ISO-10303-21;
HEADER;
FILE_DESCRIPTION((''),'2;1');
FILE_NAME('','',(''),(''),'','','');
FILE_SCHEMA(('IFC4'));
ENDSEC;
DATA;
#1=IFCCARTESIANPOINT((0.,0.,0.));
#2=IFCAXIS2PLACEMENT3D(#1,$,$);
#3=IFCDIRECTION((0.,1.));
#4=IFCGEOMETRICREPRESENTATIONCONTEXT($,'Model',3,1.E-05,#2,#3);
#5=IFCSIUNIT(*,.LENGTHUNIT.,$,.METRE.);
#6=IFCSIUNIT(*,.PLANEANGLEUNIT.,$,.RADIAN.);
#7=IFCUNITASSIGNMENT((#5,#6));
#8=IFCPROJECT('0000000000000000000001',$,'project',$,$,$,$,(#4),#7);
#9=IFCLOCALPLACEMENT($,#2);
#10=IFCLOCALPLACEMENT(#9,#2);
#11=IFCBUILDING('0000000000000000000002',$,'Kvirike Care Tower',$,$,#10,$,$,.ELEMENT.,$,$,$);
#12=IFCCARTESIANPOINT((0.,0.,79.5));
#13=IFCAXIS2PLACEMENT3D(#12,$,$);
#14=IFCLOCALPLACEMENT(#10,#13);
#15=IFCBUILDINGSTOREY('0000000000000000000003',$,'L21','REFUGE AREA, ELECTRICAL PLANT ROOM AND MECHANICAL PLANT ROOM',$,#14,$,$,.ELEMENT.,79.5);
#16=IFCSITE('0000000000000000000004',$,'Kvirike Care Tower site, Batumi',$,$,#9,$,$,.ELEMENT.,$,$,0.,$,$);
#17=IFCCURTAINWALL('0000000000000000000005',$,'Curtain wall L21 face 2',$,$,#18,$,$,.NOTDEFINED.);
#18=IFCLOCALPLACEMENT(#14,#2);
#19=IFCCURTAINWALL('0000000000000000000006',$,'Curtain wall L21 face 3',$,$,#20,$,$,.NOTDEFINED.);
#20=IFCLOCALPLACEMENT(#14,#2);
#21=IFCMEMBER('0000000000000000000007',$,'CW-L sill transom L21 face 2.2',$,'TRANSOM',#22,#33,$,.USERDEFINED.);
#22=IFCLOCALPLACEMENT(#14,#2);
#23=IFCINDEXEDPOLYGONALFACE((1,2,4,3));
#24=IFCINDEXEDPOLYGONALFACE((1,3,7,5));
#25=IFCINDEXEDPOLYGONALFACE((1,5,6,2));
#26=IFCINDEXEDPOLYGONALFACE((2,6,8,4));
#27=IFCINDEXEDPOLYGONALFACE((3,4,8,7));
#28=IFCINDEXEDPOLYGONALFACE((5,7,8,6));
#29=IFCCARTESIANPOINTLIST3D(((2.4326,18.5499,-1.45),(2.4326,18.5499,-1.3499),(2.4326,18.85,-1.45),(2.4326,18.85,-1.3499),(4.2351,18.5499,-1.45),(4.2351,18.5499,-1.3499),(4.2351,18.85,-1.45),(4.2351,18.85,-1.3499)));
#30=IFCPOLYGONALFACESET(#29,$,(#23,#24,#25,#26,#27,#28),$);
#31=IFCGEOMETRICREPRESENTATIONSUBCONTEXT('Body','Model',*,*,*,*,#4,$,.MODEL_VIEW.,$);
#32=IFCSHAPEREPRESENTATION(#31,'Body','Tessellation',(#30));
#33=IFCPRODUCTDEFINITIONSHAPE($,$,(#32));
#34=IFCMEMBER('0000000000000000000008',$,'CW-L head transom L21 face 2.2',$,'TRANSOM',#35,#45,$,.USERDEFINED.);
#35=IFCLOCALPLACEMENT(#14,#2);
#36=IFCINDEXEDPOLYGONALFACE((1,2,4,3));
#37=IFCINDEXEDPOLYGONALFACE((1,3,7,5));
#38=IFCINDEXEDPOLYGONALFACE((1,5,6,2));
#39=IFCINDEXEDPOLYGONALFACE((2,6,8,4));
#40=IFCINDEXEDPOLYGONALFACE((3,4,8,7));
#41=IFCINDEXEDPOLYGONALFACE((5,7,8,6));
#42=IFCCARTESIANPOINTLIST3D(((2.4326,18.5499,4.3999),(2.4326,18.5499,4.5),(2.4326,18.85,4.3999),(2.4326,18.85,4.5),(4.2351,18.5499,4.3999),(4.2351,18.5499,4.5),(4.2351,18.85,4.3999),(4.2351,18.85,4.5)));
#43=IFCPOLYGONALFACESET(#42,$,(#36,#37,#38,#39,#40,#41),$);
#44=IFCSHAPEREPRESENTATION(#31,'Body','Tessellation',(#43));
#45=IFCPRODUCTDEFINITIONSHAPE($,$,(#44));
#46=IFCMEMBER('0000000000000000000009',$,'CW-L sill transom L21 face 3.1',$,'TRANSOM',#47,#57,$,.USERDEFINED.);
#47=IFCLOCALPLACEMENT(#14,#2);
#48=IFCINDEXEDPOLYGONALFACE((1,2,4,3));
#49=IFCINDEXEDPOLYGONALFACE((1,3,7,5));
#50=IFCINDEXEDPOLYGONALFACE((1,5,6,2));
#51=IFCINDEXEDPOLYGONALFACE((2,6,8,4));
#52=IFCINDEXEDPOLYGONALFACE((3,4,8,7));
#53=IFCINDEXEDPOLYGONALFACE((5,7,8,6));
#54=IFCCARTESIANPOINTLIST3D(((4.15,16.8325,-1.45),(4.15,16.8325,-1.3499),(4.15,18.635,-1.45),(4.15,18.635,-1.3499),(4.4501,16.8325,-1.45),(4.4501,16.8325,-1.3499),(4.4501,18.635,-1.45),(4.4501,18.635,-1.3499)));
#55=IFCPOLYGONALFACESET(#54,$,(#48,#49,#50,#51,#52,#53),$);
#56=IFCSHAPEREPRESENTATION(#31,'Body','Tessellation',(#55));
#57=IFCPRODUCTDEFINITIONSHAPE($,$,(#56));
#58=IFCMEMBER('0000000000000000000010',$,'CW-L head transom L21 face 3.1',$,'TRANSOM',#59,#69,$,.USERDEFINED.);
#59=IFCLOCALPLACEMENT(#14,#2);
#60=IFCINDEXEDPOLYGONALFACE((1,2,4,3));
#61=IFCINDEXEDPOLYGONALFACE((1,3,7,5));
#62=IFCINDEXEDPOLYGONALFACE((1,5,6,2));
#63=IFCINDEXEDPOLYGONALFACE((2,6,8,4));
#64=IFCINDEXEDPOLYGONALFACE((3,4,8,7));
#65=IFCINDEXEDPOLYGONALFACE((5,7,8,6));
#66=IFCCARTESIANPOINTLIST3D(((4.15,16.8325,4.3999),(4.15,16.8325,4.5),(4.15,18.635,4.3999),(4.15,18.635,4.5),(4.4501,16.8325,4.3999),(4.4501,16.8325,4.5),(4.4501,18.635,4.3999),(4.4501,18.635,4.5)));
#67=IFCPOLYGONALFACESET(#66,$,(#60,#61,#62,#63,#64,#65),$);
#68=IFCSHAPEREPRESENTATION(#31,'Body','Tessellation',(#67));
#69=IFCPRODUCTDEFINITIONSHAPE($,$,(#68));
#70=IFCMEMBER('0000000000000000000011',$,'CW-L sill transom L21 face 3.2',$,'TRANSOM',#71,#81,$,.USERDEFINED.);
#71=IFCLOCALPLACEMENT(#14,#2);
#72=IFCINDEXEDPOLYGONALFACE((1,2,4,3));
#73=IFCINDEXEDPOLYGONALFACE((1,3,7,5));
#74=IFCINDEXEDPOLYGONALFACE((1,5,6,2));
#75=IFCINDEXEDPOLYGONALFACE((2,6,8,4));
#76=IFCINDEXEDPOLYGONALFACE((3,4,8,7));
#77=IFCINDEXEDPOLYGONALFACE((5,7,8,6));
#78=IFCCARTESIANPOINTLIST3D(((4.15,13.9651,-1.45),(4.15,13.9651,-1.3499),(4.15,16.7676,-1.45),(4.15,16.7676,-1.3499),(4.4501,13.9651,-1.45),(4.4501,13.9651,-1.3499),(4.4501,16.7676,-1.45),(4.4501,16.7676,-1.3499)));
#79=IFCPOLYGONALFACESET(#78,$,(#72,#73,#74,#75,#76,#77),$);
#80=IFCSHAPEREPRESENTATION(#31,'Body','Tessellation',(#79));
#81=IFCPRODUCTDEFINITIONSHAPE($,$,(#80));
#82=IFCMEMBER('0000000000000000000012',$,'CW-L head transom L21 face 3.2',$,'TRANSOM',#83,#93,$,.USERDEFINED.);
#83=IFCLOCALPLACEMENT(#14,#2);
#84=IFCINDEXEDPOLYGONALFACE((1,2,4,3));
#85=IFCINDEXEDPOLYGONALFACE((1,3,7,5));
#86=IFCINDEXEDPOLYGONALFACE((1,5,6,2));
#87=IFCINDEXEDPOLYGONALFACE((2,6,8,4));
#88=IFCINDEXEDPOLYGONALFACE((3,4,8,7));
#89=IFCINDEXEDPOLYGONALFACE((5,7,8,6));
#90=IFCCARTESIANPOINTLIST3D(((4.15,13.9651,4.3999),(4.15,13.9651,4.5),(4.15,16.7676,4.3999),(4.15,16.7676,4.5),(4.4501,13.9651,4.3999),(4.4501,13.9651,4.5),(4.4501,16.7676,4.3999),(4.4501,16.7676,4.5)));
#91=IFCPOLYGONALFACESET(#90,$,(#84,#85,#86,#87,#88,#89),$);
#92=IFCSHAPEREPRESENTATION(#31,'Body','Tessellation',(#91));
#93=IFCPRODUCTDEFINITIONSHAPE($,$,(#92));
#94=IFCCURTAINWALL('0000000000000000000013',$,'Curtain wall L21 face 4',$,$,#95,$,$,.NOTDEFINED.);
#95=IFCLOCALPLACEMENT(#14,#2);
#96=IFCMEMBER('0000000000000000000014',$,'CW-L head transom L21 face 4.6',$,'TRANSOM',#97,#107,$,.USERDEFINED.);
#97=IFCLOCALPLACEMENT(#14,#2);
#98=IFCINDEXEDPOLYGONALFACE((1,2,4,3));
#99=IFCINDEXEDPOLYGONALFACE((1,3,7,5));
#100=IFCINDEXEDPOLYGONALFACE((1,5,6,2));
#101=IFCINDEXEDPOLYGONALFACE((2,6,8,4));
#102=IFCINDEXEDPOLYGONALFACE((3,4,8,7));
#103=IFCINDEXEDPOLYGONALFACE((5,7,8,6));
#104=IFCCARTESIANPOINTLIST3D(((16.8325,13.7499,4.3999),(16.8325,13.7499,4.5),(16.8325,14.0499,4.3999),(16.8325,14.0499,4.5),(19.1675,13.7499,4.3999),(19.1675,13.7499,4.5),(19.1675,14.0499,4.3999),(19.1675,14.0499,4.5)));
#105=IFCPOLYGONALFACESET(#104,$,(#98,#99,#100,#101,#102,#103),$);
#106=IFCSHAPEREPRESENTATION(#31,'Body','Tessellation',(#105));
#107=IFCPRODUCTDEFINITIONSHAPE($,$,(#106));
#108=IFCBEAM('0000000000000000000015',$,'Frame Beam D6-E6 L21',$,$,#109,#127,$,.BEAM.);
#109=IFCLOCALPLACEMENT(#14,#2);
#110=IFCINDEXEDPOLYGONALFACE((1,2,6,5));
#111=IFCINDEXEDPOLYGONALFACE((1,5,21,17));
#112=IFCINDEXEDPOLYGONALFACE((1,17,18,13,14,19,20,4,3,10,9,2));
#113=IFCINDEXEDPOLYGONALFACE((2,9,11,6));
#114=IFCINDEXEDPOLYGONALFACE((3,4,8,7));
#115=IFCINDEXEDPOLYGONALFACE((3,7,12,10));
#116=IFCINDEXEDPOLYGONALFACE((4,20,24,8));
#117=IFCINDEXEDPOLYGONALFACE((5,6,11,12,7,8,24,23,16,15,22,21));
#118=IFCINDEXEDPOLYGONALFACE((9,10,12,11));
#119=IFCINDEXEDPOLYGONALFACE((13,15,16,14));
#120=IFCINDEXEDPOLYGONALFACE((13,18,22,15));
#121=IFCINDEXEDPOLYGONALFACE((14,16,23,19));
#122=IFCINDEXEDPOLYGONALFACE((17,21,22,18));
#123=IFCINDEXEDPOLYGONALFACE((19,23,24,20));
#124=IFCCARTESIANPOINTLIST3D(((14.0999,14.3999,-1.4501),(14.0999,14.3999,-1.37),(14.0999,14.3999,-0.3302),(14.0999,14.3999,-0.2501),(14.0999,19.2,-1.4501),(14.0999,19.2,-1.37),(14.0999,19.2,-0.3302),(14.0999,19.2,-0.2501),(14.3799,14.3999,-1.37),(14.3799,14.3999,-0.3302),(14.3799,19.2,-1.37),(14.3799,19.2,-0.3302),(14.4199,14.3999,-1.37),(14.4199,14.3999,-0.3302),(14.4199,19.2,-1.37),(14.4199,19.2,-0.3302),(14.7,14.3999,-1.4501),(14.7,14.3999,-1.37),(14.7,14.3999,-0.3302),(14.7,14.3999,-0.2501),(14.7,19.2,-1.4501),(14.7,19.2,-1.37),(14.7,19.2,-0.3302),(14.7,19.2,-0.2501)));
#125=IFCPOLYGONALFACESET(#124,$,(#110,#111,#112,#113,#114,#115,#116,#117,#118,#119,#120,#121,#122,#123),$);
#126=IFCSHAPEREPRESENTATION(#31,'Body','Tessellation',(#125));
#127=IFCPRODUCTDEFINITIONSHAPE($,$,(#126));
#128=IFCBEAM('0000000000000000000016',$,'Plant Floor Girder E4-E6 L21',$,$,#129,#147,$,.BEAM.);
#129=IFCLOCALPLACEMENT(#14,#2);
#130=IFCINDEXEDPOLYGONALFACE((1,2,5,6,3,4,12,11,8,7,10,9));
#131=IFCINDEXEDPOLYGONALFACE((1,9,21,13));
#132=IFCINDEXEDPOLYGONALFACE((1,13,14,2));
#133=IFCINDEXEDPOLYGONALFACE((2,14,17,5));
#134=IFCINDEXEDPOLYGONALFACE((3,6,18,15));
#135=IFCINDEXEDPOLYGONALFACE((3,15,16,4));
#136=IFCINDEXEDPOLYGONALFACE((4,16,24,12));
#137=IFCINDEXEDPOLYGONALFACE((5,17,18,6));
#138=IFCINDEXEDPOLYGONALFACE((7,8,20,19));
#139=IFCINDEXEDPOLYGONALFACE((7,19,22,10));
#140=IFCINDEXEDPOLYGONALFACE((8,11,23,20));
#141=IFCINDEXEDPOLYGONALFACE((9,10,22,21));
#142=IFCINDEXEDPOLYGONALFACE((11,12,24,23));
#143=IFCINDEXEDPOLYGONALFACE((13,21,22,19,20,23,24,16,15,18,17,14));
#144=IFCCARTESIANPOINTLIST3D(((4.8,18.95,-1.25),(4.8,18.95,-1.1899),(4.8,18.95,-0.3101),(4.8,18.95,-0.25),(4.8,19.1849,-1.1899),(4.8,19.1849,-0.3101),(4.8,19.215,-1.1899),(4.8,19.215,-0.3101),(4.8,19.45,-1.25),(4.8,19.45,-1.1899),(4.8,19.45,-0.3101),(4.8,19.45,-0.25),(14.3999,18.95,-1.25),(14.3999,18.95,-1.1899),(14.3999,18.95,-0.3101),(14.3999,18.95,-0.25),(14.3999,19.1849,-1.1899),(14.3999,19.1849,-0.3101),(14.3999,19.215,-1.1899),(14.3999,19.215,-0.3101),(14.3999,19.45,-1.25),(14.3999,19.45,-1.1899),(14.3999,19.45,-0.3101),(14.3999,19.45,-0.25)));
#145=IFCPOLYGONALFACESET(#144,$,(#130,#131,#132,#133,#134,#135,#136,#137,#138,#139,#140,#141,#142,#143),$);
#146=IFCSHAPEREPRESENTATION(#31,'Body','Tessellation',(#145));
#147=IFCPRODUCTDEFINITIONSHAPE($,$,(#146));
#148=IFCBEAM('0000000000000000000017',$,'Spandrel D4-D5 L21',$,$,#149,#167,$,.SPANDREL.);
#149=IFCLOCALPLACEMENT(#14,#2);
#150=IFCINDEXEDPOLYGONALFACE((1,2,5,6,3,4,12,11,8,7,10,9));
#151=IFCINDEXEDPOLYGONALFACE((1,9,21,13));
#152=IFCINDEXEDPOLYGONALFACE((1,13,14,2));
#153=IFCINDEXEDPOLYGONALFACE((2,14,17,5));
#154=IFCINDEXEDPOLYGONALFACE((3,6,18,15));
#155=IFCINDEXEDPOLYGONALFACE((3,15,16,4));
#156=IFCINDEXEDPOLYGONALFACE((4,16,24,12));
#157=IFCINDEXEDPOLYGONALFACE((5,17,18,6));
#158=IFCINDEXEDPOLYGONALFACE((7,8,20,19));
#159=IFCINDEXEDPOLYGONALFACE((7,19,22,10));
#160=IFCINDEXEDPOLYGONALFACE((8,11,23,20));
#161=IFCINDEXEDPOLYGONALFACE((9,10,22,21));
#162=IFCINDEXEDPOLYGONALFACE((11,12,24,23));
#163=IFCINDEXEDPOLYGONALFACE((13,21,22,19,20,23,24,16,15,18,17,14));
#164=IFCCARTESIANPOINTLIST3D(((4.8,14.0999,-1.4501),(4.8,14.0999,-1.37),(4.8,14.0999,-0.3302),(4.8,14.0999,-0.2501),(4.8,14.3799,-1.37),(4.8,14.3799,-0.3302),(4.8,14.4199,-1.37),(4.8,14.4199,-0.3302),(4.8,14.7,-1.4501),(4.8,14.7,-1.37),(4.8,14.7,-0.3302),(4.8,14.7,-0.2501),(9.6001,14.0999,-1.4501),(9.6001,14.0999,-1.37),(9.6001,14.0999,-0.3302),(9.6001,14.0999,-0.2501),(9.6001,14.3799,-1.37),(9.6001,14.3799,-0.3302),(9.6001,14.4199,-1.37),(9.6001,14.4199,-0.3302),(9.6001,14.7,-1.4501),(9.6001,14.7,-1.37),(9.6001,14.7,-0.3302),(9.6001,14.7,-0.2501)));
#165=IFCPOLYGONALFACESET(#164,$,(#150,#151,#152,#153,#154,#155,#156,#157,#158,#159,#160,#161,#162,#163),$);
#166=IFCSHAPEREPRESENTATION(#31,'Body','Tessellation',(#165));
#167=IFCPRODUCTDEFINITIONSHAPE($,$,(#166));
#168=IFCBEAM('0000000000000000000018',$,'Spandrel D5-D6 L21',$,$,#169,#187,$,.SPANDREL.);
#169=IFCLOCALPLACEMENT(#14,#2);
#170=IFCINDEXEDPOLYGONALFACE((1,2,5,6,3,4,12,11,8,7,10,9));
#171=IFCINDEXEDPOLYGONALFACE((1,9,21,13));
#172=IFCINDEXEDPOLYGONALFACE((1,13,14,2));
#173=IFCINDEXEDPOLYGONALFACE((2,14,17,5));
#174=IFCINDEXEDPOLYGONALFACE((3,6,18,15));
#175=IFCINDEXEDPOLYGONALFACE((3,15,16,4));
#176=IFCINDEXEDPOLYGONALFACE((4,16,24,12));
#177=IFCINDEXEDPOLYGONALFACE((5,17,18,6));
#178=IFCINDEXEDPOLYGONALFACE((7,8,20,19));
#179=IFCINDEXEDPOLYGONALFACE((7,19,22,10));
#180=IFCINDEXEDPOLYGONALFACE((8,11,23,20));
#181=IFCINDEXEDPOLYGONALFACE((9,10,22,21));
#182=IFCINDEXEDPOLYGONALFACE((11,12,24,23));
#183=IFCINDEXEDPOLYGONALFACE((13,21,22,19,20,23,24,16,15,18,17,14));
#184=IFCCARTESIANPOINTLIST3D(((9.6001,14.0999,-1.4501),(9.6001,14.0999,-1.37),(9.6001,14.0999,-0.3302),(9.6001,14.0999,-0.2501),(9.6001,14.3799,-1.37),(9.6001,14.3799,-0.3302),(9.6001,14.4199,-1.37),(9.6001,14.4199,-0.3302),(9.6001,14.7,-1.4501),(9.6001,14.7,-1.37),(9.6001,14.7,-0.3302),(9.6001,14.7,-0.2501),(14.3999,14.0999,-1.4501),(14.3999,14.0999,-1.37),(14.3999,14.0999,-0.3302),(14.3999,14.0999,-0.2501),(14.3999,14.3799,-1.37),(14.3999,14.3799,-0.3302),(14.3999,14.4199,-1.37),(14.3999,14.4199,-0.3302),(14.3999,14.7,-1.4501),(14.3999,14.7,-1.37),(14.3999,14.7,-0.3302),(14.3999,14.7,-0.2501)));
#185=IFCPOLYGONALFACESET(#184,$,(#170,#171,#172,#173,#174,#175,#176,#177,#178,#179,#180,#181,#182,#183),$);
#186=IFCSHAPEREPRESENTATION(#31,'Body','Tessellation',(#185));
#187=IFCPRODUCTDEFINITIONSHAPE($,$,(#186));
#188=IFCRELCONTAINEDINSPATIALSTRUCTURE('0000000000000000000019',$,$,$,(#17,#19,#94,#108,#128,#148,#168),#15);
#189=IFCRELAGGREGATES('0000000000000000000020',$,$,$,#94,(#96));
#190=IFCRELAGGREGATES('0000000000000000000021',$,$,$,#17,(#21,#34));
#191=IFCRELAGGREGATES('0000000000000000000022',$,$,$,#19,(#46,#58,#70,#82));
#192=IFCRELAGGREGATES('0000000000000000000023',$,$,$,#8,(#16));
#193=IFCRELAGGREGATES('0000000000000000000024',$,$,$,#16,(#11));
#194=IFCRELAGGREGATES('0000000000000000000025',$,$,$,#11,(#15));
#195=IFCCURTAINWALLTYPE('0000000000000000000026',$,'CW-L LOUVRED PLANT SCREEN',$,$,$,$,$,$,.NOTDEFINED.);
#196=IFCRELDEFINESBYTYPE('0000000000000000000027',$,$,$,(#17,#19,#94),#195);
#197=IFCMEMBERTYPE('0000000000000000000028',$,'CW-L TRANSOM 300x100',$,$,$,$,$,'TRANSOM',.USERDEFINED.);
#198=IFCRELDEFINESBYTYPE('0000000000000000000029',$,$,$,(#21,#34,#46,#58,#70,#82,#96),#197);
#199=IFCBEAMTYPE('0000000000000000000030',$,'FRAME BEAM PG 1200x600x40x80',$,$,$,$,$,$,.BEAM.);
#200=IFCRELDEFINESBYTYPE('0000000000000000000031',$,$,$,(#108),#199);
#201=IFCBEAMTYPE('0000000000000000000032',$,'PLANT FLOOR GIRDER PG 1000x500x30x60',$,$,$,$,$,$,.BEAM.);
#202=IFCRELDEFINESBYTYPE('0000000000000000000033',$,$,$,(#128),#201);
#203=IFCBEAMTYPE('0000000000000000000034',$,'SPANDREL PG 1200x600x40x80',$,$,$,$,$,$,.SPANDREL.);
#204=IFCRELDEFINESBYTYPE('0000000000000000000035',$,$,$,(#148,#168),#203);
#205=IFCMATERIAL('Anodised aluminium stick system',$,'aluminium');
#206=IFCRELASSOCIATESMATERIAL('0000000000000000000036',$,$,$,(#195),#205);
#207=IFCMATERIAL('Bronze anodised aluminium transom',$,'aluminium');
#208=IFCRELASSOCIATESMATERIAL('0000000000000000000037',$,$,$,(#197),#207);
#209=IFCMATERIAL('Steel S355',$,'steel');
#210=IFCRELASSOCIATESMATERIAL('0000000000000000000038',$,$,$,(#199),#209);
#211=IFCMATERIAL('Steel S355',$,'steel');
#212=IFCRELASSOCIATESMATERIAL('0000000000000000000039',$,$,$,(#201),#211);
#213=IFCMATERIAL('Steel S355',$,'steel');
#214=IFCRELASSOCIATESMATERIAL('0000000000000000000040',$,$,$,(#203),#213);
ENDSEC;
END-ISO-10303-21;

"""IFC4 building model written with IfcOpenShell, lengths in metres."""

from ifc_helpers import new_model, si_unit, direction, frame, origin, origin_2d, place, context, subcontext, project, spatial, rectangle, i_section, extrude, material, material_profile, profile_set, type_object, element, aggregate, save


model = new_model("IFC4")

# Units and contexts
model_context = context("Model", 3, precision=1e-05, world=origin(), true_north=direction((0.0, 1.0)))
body_context = subcontext(model_context, "Body", "Model", "MODEL_VIEW")
ifc_project = project(units=[si_unit("LENGTHUNIT", "METRE"), si_unit("PLANEANGLEUNIT", "RADIAN")], contexts=[model_context])

# Site, building, storey
site_placement = place(None, origin())
site = spatial("IfcSite", under=ifc_project, at=site_placement, Name="Kvirike Care Tower site, Batumi", CompositionType="ELEMENT", RefElevation=0.0)
building_placement = place(site_placement, origin())
building = spatial("IfcBuilding", under=site, at=building_placement, Name="Kvirike Care Tower", CompositionType="ELEMENT")
storey_placement = place(building_placement, frame((0.0, 0.0, 79.5)))
storey = spatial("IfcBuildingStorey", under=building, at=storey_placement, Name="L21", Description="REFUGE AREA, ELECTRICAL PLANT ROOM AND MECHANICAL PLANT ROOM", CompositionType="ELEMENT", Elevation=79.5)

# Shared definitions
ifc_material_1 = material(Name="Anodised aluminium stick system", Category="aluminium")
curtain_wall_type = type_object("IfcCurtainWallType", Name="CW-L LOUVRED PLANT SCREEN", PredefinedType="NOTDEFINED", material=ifc_material_1)

# Curtain walls
curtain_wall_1_placement = place(storey_placement, origin())
curtain_wall_1 = element("IfcCurtainWall", 1, at=curtain_wall_1_placement, inside=storey, type_object=curtain_wall_type, Name="Curtain wall L21 face 2", PredefinedType="NOTDEFINED")
curtain_wall_2_placement = place(storey_placement, origin())
curtain_wall_2 = element("IfcCurtainWall", 2, at=curtain_wall_2_placement, inside=storey, type_object=curtain_wall_type, Name="Curtain wall L21 face 3", PredefinedType="NOTDEFINED")

# Members
ifc_material_2 = material(Name="Bronze anodised aluminium transom", Category="aluminium")
ifc_material_profile_1 = material_profile(ifc_material_2, rectangle(XDim=0.3, YDim=0.1001, at=origin_2d()), Name="CW-L TRANSOM 300x100")
ifc_profile_set_1 = profile_set([ifc_material_profile_1], Name="Bronze anodised aluminium transom")
member_type_1 = type_object("IfcMemberType", Name="CW-L TRANSOM 300x100", ElementType="TRANSOM", PredefinedType="USERDEFINED", material=ifc_profile_set_1)
member_1_placement = place(storey_placement, frame((2.4326, 18.7, -1.3999), z_axis=(1.0, 0.0, 0.0), x_axis=(0.0, 1.0, 0.0)))
member_1 = element("IfcMember", 3, at=member_1_placement, type_object=member_type_1, Name="CW-L sill transom L21 face 2.2", ObjectType="TRANSOM", PredefinedType="USERDEFINED", context=body_context, shape_type="SweptSolid", body=[
    extrude(rectangle(XDim=0.3, YDim=0.1001, at=origin_2d()), origin(), (0.0, 0.0, 1.0), 1.8025),
])
member_2_placement = place(storey_placement, frame((2.4326, 18.7, 4.45), z_axis=(1.0, 0.0, 0.0), x_axis=(0.0, 1.0, 0.0)))
member_2 = element("IfcMember", 4, at=member_2_placement, type_object=member_type_1, Name="CW-L head transom L21 face 2.2", ObjectType="TRANSOM", PredefinedType="USERDEFINED", context=body_context, shape_type="SweptSolid", body=[
    extrude(rectangle(XDim=0.3, YDim=0.1001, at=origin_2d()), origin(), (0.0, 0.0, 1.0), 1.8025),
])
member_3_placement = place(storey_placement, frame((4.3, 18.635, -1.3999), z_axis=(0.0, -1.0, 0.0), x_axis=(1.0, 0.0, 0.0)))
member_3 = element("IfcMember", 5, at=member_3_placement, type_object=member_type_1, Name="CW-L sill transom L21 face 3.1", ObjectType="TRANSOM", PredefinedType="USERDEFINED", context=body_context, shape_type="SweptSolid", body=[
    extrude(rectangle(XDim=0.3, YDim=0.1001, at=origin_2d()), origin(), (0.0, 0.0, 1.0), 1.8025),
])
member_4_placement = place(storey_placement, frame((4.3, 18.635, 4.45), z_axis=(0.0, -1.0, 0.0), x_axis=(1.0, 0.0, 0.0)))
member_4 = element("IfcMember", 6, at=member_4_placement, type_object=member_type_1, Name="CW-L head transom L21 face 3.1", ObjectType="TRANSOM", PredefinedType="USERDEFINED", context=body_context, shape_type="SweptSolid", body=[
    extrude(rectangle(XDim=0.3, YDim=0.1001, at=origin_2d()), origin(), (0.0, 0.0, 1.0), 1.8025),
])
member_5_placement = place(storey_placement, frame((4.3, 16.7676, -1.3999), z_axis=(0.0, -1.0, 0.0), x_axis=(1.0, 0.0, 0.0)))
member_5 = element("IfcMember", 7, at=member_5_placement, type_object=member_type_1, Name="CW-L sill transom L21 face 3.2", ObjectType="TRANSOM", PredefinedType="USERDEFINED", context=body_context, shape_type="SweptSolid", body=[
    extrude(rectangle(XDim=0.3, YDim=0.1001, at=origin_2d()), origin(), (0.0, 0.0, 1.0), 2.8025),
])
member_6_placement = place(storey_placement, frame((4.3, 16.7676, 4.45), z_axis=(0.0, -1.0, 0.0), x_axis=(1.0, 0.0, 0.0)))
member_6 = element("IfcMember", 8, at=member_6_placement, type_object=member_type_1, Name="CW-L head transom L21 face 3.2", ObjectType="TRANSOM", PredefinedType="USERDEFINED", context=body_context, shape_type="SweptSolid", body=[
    extrude(rectangle(XDim=0.3, YDim=0.1001, at=origin_2d()), origin(), (0.0, 0.0, 1.0), 2.8025),
])

# Curtain wall, member
curtain_wall_3_placement = place(storey_placement, origin())
curtain_wall_3 = element("IfcCurtainWall", 9, at=curtain_wall_3_placement, inside=storey, type_object=curtain_wall_type, Name="Curtain wall L21 face 4", PredefinedType="NOTDEFINED")
member_7_placement = place(storey_placement, frame((16.8325, 13.8999, 4.45), z_axis=(1.0, 0.0, 0.0), x_axis=(0.0, 1.0, 0.0)))
member_7 = element("IfcMember", 10, at=member_7_placement, type_object=member_type_1, Name="CW-L head transom L21 face 4.6", ObjectType="TRANSOM", PredefinedType="USERDEFINED", context=body_context, shape_type="SweptSolid", body=[
    extrude(rectangle(XDim=0.3, YDim=0.1001, at=origin_2d()), origin(), (0.0, 0.0, 1.0), 2.335),
])
aggregate(curtain_wall_3, [member_7])

# Beams
ifc_material_3 = material(Name="Steel S355", Category="steel")
ifc_material_profile_2 = material_profile(ifc_material_3, i_section(OverallWidth=0.6001, OverallDepth=1.2, WebThickness=0.04, FlangeThickness=0.0801, at=origin_2d()), Name="PG 1200x600x40x80")
ifc_profile_set_2 = profile_set([ifc_material_profile_2], Name="Steel S355")
beam_type_1 = type_object("IfcBeamType", Name="FRAME BEAM PG 1200x600x40x80", PredefinedType="BEAM", material=ifc_profile_set_2)
beam_1_placement = place(storey_placement, frame((14.3999, 14.3999, -0.8501), z_axis=(0.0, 1.0, 0.0), x_axis=(-1.0, 0.0, 0.0)))
element("IfcBeam", 11, at=beam_1_placement, inside=storey, type_object=beam_type_1, Name="Frame Beam D6-E6 L21", PredefinedType="BEAM", context=body_context, shape_type="SweptSolid", body=[
    extrude(i_section(OverallWidth=0.6001, OverallDepth=1.2, WebThickness=0.04, FlangeThickness=0.0801, at=origin_2d()), origin(), (0.0, 0.0, 1.0), 4.8),
])
ifc_material_4 = material(Name="Steel S355", Category="steel")
ifc_material_profile_3 = material_profile(ifc_material_4, i_section(OverallWidth=0.5, OverallDepth=1.0, WebThickness=0.03, FlangeThickness=0.0601, at=origin_2d()), Name="PG 1000x500x30x60")
ifc_profile_set_3 = profile_set([ifc_material_profile_3], Name="Steel S355")
beam_type_2 = type_object("IfcBeamType", Name="PLANT FLOOR GIRDER PG 1000x500x30x60", PredefinedType="BEAM", material=ifc_profile_set_3)
beam_2_placement = place(storey_placement, frame((4.8, 19.2, -0.75), z_axis=(1.0, 0.0, 0.0), x_axis=(0.0, 1.0, 0.0)))
element("IfcBeam", 12, at=beam_2_placement, inside=storey, type_object=beam_type_2, Name="Plant Floor Girder E4-E6 L21", PredefinedType="BEAM", context=body_context, shape_type="SweptSolid", body=[
    extrude(i_section(OverallWidth=0.5, OverallDepth=1.0, WebThickness=0.03, FlangeThickness=0.0601, at=origin_2d()), origin(), (0.0, 0.0, 1.0), 9.5999),
])
ifc_material_5 = material(Name="Steel S355", Category="steel")
ifc_material_profile_4 = material_profile(ifc_material_5, i_section(OverallWidth=0.6001, OverallDepth=1.2, WebThickness=0.04, FlangeThickness=0.0801, at=origin_2d()), Name="PG 1200x600x40x80")
ifc_profile_set_4 = profile_set([ifc_material_profile_4], Name="Steel S355")
beam_type_3 = type_object("IfcBeamType", Name="SPANDREL PG 1200x600x40x80", PredefinedType="SPANDREL", material=ifc_profile_set_4)
beam_3_placement = place(storey_placement, frame((4.8, 14.3999, -0.8501), z_axis=(1.0, 0.0, 0.0), x_axis=(0.0, 1.0, 0.0)))
element("IfcBeam", 13, at=beam_3_placement, inside=storey, type_object=beam_type_3, Name="Spandrel D4-D5 L21", PredefinedType="SPANDREL", context=body_context, shape_type="SweptSolid", body=[
    extrude(i_section(OverallWidth=0.6001, OverallDepth=1.2, WebThickness=0.04, FlangeThickness=0.0801, at=origin_2d()), origin(), (0.0, 0.0, 1.0), 4.8),
])
beam_4_placement = place(storey_placement, frame((9.6001, 14.3999, -0.8501), z_axis=(1.0, 0.0, 0.0), x_axis=(0.0, 1.0, 0.0)))
element("IfcBeam", 14, at=beam_4_placement, inside=storey, type_object=beam_type_3, Name="Spandrel D5-D6 L21", PredefinedType="SPANDREL", context=body_context, shape_type="SweptSolid", body=[
    extrude(i_section(OverallWidth=0.6001, OverallDepth=1.2, WebThickness=0.04, FlangeThickness=0.0801, at=origin_2d()), origin(), (0.0, 0.0, 1.0), 4.7998),
])

aggregate(curtain_wall_1, [member_1, member_2])
aggregate(curtain_wall_2, [member_3, member_4, member_5, member_6])

save(model, "model.ifc")
